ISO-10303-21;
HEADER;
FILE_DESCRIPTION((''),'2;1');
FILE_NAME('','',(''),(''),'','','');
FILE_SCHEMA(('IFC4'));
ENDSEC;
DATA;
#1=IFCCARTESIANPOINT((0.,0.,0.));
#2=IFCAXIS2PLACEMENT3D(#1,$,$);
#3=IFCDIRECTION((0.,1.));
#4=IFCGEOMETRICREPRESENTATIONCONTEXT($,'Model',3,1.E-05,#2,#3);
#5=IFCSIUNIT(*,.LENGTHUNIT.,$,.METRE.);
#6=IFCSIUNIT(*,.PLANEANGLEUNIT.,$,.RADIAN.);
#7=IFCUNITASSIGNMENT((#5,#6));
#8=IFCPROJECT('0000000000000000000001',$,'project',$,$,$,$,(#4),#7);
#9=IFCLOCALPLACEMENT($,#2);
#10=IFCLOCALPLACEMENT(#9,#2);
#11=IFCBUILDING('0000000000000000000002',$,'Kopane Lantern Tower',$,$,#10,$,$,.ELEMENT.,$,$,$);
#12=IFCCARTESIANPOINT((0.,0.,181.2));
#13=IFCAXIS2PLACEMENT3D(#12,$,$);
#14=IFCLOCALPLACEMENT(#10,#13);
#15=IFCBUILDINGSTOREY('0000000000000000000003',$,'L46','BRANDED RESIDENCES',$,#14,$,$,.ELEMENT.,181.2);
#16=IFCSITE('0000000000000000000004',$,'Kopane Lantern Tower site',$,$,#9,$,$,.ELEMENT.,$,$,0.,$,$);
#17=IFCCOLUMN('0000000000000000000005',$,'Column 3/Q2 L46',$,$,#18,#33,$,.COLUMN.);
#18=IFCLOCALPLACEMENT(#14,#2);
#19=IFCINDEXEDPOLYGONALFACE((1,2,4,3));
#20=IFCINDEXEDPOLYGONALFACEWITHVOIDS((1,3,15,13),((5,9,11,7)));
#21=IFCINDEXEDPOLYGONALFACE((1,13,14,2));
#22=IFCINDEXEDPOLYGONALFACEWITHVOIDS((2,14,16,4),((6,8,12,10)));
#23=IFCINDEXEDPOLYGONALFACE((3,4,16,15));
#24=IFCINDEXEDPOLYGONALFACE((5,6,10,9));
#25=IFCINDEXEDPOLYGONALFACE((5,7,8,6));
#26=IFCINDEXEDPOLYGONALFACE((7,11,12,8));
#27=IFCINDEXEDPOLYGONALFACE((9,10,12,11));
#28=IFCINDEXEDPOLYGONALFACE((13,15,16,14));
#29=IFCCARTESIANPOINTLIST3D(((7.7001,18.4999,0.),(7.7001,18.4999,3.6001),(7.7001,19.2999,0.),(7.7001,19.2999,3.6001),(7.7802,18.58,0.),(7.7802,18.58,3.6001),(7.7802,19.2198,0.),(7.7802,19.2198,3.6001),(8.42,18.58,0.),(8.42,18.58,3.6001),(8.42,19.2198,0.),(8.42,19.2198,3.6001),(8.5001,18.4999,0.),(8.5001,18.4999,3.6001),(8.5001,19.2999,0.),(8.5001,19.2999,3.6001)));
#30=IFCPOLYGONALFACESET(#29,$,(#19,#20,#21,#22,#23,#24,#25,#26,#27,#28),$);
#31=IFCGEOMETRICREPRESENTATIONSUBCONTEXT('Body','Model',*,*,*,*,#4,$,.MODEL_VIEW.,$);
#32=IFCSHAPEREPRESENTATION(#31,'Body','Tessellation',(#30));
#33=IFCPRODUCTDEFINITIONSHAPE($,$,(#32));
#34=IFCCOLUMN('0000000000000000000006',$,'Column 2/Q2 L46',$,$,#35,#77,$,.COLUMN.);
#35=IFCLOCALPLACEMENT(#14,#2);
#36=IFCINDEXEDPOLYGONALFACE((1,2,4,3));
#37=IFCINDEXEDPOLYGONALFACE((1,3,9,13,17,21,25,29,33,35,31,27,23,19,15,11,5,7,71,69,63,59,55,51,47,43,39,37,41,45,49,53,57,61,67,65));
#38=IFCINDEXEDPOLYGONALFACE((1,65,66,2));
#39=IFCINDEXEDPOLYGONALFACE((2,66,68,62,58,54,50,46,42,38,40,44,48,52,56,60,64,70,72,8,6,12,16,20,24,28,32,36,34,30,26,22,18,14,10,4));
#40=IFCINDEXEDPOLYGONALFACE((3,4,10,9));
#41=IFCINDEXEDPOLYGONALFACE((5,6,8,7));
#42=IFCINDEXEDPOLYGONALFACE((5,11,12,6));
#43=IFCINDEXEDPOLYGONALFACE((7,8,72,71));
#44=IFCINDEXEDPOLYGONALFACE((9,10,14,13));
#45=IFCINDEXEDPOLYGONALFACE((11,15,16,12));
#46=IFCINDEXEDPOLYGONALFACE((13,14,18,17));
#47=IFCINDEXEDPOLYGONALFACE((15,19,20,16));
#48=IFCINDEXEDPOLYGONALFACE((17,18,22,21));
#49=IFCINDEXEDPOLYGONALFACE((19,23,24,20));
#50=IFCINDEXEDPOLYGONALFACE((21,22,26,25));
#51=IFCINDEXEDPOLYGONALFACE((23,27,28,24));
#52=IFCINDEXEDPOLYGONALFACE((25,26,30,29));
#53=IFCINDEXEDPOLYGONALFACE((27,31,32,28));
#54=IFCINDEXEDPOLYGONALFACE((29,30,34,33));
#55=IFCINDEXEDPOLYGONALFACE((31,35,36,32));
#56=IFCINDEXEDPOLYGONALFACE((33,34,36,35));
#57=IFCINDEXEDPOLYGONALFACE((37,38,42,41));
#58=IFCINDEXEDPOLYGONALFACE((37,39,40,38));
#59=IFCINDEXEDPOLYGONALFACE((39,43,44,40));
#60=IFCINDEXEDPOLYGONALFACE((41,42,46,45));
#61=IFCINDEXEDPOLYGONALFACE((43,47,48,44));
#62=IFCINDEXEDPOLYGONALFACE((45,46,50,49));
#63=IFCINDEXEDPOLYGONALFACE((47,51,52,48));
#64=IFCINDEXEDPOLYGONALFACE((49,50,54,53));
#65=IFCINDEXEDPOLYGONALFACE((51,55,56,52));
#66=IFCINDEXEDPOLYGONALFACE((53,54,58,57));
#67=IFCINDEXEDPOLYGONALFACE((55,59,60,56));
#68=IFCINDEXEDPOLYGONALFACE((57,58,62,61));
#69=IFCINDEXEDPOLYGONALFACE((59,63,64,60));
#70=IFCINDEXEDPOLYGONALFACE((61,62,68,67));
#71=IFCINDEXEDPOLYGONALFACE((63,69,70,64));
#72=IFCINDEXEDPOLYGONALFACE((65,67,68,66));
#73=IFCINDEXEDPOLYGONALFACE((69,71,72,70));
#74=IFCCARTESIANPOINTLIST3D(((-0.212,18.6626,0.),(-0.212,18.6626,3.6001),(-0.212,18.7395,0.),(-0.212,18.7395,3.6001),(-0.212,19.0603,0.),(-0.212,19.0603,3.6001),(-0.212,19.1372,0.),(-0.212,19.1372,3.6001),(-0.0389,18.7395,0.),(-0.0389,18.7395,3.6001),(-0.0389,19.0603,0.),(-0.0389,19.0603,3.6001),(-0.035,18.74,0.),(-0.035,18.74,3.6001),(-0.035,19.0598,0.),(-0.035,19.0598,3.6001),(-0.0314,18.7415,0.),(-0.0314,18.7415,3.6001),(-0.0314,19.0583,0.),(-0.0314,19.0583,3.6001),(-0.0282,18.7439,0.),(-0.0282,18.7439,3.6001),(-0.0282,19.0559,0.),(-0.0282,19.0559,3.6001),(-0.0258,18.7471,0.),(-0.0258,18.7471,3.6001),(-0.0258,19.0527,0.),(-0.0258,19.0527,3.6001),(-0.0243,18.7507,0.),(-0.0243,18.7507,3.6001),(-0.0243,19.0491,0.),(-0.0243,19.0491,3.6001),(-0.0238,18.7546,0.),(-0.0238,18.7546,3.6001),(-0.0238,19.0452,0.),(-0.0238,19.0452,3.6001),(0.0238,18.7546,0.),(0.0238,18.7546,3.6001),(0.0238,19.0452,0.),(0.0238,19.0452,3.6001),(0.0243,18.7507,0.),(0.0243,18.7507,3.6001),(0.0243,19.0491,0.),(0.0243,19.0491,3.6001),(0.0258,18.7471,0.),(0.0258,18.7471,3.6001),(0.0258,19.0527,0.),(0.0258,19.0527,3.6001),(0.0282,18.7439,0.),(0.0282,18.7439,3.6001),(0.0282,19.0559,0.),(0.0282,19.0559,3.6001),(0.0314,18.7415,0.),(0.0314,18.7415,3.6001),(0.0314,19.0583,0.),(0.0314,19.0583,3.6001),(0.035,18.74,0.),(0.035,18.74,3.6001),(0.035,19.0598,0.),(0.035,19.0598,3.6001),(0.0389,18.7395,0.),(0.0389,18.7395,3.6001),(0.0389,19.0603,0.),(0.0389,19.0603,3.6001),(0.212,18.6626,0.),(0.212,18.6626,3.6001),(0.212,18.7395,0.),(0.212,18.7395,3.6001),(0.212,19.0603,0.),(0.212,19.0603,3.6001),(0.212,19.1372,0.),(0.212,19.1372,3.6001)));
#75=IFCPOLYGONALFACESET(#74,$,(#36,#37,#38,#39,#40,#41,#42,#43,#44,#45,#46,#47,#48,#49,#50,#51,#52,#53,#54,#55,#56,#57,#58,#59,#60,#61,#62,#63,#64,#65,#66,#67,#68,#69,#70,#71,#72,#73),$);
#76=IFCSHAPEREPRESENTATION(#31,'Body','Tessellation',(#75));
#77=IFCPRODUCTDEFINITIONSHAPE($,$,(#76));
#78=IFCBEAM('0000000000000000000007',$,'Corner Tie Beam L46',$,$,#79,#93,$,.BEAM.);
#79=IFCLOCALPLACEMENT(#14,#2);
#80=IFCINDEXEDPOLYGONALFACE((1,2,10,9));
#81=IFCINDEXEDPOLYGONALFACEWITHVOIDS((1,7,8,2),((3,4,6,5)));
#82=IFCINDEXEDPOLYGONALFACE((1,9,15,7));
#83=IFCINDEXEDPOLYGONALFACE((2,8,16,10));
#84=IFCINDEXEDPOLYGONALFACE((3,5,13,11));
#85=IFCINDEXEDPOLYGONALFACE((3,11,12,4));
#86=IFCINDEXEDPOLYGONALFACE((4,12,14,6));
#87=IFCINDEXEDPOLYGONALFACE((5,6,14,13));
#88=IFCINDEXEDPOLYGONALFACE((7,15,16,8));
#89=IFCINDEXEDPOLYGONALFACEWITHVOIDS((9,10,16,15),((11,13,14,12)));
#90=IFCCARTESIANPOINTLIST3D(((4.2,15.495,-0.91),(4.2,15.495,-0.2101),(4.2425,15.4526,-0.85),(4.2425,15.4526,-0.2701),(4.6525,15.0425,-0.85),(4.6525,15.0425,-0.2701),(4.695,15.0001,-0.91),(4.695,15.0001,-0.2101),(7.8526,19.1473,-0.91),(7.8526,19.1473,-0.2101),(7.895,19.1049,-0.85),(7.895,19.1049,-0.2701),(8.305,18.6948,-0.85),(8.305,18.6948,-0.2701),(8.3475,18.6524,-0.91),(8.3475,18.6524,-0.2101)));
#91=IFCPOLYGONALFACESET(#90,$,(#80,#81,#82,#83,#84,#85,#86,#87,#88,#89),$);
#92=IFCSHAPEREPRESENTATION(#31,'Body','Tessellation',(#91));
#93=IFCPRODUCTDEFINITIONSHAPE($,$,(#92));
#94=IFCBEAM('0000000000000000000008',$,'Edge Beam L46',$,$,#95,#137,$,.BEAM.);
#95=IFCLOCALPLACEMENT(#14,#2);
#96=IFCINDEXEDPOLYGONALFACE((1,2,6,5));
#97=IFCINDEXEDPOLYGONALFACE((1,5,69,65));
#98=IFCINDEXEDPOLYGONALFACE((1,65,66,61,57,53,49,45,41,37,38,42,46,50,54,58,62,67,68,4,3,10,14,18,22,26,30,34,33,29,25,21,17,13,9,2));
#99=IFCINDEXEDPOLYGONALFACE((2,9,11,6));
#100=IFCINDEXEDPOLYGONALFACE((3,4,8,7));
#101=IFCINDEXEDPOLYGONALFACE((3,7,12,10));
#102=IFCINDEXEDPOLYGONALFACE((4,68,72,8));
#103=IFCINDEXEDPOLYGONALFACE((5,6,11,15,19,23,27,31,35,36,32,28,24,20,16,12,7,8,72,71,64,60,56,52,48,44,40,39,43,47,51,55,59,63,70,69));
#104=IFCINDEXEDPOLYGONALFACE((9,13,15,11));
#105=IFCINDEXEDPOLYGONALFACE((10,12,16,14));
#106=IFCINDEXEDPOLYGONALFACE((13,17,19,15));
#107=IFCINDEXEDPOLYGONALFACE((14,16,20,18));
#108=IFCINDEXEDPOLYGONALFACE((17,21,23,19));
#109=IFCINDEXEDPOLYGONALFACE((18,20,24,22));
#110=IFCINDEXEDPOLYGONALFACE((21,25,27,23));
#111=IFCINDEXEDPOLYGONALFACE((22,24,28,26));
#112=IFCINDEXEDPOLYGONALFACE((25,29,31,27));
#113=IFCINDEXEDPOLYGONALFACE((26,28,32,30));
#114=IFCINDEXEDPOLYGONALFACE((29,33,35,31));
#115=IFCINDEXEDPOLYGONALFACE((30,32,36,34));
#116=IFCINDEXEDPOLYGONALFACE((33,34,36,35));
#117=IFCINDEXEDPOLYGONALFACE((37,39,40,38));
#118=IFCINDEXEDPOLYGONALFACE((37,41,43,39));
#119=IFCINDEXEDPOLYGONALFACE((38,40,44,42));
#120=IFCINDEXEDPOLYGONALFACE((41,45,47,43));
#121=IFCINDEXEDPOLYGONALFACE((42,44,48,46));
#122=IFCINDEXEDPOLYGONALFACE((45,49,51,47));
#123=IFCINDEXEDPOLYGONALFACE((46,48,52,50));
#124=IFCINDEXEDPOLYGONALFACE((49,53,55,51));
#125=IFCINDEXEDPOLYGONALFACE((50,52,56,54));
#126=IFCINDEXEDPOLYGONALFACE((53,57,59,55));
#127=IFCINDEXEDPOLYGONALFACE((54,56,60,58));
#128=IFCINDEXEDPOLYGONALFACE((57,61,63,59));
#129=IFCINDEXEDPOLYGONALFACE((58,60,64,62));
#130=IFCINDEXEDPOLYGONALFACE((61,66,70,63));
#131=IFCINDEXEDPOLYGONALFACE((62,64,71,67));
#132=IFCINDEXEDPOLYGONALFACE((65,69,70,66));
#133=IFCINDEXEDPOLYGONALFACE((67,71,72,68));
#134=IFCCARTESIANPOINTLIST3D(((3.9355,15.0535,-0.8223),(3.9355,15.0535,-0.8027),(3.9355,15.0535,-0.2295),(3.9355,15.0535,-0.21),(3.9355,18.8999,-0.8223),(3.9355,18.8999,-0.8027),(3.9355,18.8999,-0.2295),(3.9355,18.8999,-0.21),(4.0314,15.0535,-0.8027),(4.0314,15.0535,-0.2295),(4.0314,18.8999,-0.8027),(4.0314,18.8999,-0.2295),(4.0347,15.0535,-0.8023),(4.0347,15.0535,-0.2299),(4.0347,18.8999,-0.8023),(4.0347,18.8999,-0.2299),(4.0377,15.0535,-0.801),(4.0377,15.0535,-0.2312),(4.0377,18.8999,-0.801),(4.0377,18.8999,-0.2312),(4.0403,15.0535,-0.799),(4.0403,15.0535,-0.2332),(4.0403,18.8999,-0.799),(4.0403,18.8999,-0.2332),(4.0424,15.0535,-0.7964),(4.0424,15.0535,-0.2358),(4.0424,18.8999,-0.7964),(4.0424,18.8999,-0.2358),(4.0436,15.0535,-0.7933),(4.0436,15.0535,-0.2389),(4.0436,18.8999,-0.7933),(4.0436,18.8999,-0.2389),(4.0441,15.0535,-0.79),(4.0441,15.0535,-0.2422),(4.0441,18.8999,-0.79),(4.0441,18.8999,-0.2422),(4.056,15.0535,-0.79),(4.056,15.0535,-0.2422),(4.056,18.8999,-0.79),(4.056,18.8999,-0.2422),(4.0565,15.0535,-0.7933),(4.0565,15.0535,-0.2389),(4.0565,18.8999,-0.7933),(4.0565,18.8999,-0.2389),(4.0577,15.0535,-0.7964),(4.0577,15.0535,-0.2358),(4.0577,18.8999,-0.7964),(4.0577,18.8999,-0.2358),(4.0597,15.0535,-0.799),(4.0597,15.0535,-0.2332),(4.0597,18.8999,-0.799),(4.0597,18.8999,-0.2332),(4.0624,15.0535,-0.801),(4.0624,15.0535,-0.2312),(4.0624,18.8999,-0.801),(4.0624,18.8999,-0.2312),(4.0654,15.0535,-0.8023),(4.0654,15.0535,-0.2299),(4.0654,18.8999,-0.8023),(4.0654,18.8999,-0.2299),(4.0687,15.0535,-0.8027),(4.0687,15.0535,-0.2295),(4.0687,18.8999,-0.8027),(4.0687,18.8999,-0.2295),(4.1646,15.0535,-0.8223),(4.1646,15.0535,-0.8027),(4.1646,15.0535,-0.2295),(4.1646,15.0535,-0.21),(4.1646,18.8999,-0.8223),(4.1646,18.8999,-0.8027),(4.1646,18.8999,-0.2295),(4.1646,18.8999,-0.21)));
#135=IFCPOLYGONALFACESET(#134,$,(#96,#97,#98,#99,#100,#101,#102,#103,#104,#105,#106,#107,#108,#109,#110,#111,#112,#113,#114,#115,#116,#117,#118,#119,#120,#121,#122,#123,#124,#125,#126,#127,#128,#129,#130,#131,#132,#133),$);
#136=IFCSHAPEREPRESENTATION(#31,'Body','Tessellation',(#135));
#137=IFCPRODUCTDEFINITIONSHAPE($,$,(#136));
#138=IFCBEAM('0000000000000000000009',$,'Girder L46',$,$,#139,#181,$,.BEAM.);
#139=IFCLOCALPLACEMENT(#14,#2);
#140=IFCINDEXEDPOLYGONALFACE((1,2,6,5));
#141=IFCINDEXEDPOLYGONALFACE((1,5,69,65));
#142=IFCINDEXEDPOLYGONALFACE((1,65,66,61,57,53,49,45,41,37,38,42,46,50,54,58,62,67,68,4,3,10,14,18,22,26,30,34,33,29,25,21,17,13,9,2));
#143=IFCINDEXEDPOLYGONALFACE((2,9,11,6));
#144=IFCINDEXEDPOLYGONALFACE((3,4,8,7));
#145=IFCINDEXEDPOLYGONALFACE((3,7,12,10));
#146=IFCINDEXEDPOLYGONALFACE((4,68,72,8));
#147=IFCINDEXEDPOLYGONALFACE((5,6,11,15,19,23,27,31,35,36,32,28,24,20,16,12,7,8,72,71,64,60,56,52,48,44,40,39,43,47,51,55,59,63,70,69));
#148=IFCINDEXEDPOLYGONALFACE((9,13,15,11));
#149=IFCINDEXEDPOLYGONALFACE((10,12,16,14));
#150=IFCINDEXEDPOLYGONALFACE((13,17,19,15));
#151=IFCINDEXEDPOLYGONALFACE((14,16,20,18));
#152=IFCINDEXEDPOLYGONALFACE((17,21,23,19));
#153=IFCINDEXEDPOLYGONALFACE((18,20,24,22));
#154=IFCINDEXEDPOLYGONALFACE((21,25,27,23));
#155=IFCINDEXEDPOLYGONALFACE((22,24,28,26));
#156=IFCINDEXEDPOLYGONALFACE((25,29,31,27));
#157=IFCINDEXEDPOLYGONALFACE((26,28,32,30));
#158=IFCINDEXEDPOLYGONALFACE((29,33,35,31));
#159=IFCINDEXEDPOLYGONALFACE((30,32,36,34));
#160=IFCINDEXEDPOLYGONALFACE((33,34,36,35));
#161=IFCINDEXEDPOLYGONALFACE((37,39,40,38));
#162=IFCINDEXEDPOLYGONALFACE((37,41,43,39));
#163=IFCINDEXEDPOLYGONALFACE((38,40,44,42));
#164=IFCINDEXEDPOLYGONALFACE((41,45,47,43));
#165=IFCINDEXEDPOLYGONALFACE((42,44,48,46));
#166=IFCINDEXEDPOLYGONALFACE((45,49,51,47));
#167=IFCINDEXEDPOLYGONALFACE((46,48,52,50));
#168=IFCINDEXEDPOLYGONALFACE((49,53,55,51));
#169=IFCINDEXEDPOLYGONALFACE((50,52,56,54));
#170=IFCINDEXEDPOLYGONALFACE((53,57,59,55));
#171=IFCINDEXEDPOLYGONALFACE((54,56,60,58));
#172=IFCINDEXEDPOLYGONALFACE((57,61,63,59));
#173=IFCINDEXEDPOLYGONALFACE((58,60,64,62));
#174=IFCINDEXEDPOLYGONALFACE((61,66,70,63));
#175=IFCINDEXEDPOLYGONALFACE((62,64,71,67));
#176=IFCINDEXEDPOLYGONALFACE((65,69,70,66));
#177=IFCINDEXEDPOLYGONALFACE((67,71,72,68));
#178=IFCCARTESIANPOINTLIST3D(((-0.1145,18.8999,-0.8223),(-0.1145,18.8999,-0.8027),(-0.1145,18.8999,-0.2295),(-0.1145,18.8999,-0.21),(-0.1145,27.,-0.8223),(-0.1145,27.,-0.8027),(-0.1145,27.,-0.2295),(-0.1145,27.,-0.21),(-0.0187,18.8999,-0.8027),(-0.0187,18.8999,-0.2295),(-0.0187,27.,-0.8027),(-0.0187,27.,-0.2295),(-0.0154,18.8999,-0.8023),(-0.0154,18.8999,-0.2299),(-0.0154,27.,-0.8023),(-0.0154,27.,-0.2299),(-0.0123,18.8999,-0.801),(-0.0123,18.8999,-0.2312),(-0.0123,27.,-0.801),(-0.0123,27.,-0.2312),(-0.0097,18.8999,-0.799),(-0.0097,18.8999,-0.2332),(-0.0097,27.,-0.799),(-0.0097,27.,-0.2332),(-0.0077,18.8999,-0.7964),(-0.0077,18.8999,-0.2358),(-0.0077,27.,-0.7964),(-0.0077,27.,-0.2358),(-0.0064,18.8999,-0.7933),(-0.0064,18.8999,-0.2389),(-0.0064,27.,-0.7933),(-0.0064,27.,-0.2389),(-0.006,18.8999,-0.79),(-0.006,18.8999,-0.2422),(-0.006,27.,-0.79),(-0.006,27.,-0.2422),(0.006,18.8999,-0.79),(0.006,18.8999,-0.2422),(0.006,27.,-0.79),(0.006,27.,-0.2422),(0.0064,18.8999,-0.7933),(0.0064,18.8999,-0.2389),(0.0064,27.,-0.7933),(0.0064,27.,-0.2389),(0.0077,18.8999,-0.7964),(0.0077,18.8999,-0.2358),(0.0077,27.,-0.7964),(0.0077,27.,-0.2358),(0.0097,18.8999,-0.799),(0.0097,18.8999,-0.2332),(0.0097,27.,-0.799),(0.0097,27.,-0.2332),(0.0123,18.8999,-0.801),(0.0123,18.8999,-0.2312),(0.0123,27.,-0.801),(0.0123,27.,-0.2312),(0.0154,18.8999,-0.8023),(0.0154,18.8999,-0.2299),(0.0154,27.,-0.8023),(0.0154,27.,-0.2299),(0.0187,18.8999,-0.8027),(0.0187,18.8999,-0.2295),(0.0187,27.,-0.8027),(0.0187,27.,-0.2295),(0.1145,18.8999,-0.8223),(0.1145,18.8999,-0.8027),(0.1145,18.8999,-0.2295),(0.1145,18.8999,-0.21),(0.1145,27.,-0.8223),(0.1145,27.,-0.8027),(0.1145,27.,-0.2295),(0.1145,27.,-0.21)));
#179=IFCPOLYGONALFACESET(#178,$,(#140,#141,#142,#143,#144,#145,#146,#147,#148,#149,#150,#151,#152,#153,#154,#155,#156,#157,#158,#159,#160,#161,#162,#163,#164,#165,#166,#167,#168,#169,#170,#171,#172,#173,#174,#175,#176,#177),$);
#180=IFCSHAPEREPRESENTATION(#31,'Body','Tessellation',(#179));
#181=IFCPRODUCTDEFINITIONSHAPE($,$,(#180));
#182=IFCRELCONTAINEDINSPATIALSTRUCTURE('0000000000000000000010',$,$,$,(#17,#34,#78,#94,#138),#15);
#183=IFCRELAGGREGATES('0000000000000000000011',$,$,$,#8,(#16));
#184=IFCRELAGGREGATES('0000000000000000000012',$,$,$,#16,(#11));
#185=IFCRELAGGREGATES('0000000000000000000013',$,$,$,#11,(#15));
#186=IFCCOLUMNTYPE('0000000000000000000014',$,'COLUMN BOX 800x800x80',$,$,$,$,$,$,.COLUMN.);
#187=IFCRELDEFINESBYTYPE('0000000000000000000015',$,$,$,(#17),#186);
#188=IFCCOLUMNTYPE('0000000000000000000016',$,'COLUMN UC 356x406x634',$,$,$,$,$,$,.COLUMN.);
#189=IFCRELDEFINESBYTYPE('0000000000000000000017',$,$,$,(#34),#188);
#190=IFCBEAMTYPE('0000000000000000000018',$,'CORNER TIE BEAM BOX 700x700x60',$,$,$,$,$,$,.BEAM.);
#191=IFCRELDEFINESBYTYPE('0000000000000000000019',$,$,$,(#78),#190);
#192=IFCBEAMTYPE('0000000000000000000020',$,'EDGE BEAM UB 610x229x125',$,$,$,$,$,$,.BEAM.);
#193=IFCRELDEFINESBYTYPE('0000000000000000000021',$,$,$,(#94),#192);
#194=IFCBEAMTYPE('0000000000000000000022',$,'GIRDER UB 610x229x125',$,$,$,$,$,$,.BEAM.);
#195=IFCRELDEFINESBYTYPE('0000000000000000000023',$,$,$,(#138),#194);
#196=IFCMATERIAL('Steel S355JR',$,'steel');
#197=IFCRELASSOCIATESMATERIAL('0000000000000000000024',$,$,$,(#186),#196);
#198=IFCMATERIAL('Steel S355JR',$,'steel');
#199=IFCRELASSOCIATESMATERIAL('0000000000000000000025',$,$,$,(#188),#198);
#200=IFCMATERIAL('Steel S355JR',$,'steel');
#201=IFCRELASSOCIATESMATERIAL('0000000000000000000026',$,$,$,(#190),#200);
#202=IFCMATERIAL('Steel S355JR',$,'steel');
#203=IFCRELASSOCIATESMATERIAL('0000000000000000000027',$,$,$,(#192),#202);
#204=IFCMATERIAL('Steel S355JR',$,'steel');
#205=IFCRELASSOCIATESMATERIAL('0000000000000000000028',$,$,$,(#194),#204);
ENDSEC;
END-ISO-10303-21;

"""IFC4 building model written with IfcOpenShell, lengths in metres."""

from ifc_helpers import new_model, si_unit, direction, frame, origin, origin_2d, place, context, subcontext, project, spatial, hollow_rectangle, i_section, extrude, material, material_profile, profile_set, type_object, element, save


model = new_model("IFC4")

# Units and contexts
model_context = context("Model", 3, precision=1e-05, world=origin(), true_north=direction((0.0, 1.0)))
body_context = subcontext(model_context, "Body", "Model", "MODEL_VIEW")
ifc_project = project(units=[si_unit("LENGTHUNIT", "METRE"), si_unit("PLANEANGLEUNIT", "RADIAN")], contexts=[model_context])

# Site, building, storey
site_placement = place(None, origin())
site = spatial("IfcSite", under=ifc_project, at=site_placement, Name="Kopane Lantern Tower site", CompositionType="ELEMENT", RefElevation=0.0)
building_placement = place(site_placement, origin())
building = spatial("IfcBuilding", under=site, at=building_placement, Name="Kopane Lantern Tower", CompositionType="ELEMENT")
storey_placement = place(building_placement, frame((0.0, 0.0, 181.2)))
storey = spatial("IfcBuildingStorey", under=building, at=storey_placement, Name="L46", Description="BRANDED RESIDENCES", CompositionType="ELEMENT", Elevation=181.2)

# Columns
ifc_material_1 = material(Name="Steel S355JR", Category="steel")
ifc_material_profile_1 = material_profile(ifc_material_1, hollow_rectangle(XDim=0.8, YDim=0.8, WallThickness=0.0801, at=origin_2d()), Name="BOX 800x800x80")
ifc_profile_set_1 = profile_set([ifc_material_profile_1], Name="Steel S355JR")
column_type_1 = type_object("IfcColumnType", Name="COLUMN BOX 800x800x80", PredefinedType="COLUMN", material=ifc_profile_set_1)
column_1_placement = place(storey_placement, frame((8.1001, 18.8999, 0.0), z_axis=(0.0, 0.0, 1.0), x_axis=(1.0, 0.0, 0.0)))
element("IfcColumn", 1, at=column_1_placement, inside=storey, type_object=column_type_1, Name="Column 3/Q2 L46", PredefinedType="COLUMN", context=body_context, shape_type="SweptSolid", body=[
    extrude(hollow_rectangle(XDim=0.8, YDim=0.8, WallThickness=0.0801, at=origin_2d()), origin(), (0.0, 0.0, 1.0), 3.6001),
])
ifc_material_2 = material(Name="Steel S355JR", Category="steel")
ifc_material_profile_2 = material_profile(ifc_material_2, i_section(OverallWidth=0.4241, OverallDepth=0.4746, WebThickness=0.0476, FlangeThickness=0.0769, FilletRadius=0.0151, at=origin_2d()), Name="UC 356x406x634")
ifc_profile_set_2 = profile_set([ifc_material_profile_2], Name="Steel S355JR")
column_type_2 = type_object("IfcColumnType", Name="COLUMN UC 356x406x634", PredefinedType="COLUMN", material=ifc_profile_set_2)
column_2_placement = place(storey_placement, frame((0.0, 18.8999, 0.0), z_axis=(0.0, 0.0, 1.0), x_axis=(1.0, 0.0, 0.0)))
element("IfcColumn", 2, at=column_2_placement, inside=storey, type_object=column_type_2, Name="Column 2/Q2 L46", PredefinedType="COLUMN", context=body_context, shape_type="SweptSolid", body=[
    extrude(i_section(OverallWidth=0.4241, OverallDepth=0.4746, WebThickness=0.0476, FlangeThickness=0.0769, FilletRadius=0.0151, at=origin_2d()), origin(), (0.0, 0.0, 1.0), 3.6001),
])

# Beams
ifc_material_3 = material(Name="Steel S355JR", Category="steel")
ifc_material_profile_3 = material_profile(ifc_material_3, hollow_rectangle(XDim=0.7, YDim=0.7, WallThickness=0.0601, at=origin_2d()), Name="BOX 700x700x60")
ifc_profile_set_3 = profile_set([ifc_material_profile_3], Name="Steel S355JR")
beam_type_1 = type_object("IfcBeamType", Name="CORNER TIE BEAM BOX 700x700x60", PredefinedType="BEAM", material=ifc_profile_set_3)
beam_1_placement = place(storey_placement, frame((4.4475, 15.2476, -0.5601), z_axis=(0.70713, 0.707083, 0.0), x_axis=(-0.707083, 0.70713, 0.0)))
element("IfcBeam", 3, at=beam_1_placement, inside=storey, type_object=beam_type_1, Name="Corner Tie Beam L46", PredefinedType="BEAM", context=body_context, shape_type="SweptSolid", body=[
    extrude(hollow_rectangle(XDim=0.7, YDim=0.7, WallThickness=0.0601, at=origin_2d()), origin(), (0.0, 0.0, 1.0), 5.1653),
])
ifc_material_4 = material(Name="Steel S355JR", Category="steel")
ifc_material_profile_4 = material_profile(ifc_material_4, i_section(OverallWidth=0.229, OverallDepth=0.6123, WebThickness=0.012, FlangeThickness=0.0195, FilletRadius=0.0127, at=origin_2d()), Name="UB 610x229x125")
ifc_profile_set_4 = profile_set([ifc_material_profile_4], Name="Steel S355JR")
beam_type_2 = type_object("IfcBeamType", Name="EDGE BEAM UB 610x229x125", PredefinedType="BEAM", material=ifc_profile_set_4)
beam_2_placement = place(storey_placement, frame((4.05, 15.0535, -0.5161), z_axis=(0.0, 1.0, 0.0), x_axis=(-1.0, 0.0, 0.0)))
element("IfcBeam", 4, at=beam_2_placement, inside=storey, type_object=beam_type_2, Name="Edge Beam L46", PredefinedType="BEAM", context=body_context, shape_type="SweptSolid", body=[
    extrude(i_section(OverallWidth=0.229, OverallDepth=0.6123, WebThickness=0.012, FlangeThickness=0.0195, FilletRadius=0.0127, at=origin_2d()), origin(), (0.0, 0.0, 1.0), 3.8464),
])
ifc_material_5 = material(Name="Steel S355JR", Category="steel")
ifc_material_profile_5 = material_profile(ifc_material_5, i_section(OverallWidth=0.229, OverallDepth=0.6123, WebThickness=0.012, FlangeThickness=0.0195, FilletRadius=0.0127, at=origin_2d()), Name="UB 610x229x125")
ifc_profile_set_5 = profile_set([ifc_material_profile_5], Name="Steel S355JR")
beam_type_3 = type_object("IfcBeamType", Name="GIRDER UB 610x229x125", PredefinedType="BEAM", material=ifc_profile_set_5)
for number, where, z_axis, x_axis, name in (
    (5, (0.0, 18.8999, -0.5161), (0.0, 1.0, 0.0), (-1.0, 0.0, 0.0), "Girder L46"),
):
    element("IfcBeam", number, at=place(storey_placement, frame(where, z_axis=z_axis, x_axis=x_axis)), inside=storey, type_object=beam_type_3, Name=name, PredefinedType="BEAM", context=body_context, shape_type="SweptSolid", body=[
        extrude(i_section(OverallWidth=0.229, OverallDepth=0.6123, WebThickness=0.012, FlangeThickness=0.0195, FilletRadius=0.0127, at=origin_2d()), origin(), (0.0, 0.0, 1.0), 8.1001),
    ])

save(model, "model.ifc")
